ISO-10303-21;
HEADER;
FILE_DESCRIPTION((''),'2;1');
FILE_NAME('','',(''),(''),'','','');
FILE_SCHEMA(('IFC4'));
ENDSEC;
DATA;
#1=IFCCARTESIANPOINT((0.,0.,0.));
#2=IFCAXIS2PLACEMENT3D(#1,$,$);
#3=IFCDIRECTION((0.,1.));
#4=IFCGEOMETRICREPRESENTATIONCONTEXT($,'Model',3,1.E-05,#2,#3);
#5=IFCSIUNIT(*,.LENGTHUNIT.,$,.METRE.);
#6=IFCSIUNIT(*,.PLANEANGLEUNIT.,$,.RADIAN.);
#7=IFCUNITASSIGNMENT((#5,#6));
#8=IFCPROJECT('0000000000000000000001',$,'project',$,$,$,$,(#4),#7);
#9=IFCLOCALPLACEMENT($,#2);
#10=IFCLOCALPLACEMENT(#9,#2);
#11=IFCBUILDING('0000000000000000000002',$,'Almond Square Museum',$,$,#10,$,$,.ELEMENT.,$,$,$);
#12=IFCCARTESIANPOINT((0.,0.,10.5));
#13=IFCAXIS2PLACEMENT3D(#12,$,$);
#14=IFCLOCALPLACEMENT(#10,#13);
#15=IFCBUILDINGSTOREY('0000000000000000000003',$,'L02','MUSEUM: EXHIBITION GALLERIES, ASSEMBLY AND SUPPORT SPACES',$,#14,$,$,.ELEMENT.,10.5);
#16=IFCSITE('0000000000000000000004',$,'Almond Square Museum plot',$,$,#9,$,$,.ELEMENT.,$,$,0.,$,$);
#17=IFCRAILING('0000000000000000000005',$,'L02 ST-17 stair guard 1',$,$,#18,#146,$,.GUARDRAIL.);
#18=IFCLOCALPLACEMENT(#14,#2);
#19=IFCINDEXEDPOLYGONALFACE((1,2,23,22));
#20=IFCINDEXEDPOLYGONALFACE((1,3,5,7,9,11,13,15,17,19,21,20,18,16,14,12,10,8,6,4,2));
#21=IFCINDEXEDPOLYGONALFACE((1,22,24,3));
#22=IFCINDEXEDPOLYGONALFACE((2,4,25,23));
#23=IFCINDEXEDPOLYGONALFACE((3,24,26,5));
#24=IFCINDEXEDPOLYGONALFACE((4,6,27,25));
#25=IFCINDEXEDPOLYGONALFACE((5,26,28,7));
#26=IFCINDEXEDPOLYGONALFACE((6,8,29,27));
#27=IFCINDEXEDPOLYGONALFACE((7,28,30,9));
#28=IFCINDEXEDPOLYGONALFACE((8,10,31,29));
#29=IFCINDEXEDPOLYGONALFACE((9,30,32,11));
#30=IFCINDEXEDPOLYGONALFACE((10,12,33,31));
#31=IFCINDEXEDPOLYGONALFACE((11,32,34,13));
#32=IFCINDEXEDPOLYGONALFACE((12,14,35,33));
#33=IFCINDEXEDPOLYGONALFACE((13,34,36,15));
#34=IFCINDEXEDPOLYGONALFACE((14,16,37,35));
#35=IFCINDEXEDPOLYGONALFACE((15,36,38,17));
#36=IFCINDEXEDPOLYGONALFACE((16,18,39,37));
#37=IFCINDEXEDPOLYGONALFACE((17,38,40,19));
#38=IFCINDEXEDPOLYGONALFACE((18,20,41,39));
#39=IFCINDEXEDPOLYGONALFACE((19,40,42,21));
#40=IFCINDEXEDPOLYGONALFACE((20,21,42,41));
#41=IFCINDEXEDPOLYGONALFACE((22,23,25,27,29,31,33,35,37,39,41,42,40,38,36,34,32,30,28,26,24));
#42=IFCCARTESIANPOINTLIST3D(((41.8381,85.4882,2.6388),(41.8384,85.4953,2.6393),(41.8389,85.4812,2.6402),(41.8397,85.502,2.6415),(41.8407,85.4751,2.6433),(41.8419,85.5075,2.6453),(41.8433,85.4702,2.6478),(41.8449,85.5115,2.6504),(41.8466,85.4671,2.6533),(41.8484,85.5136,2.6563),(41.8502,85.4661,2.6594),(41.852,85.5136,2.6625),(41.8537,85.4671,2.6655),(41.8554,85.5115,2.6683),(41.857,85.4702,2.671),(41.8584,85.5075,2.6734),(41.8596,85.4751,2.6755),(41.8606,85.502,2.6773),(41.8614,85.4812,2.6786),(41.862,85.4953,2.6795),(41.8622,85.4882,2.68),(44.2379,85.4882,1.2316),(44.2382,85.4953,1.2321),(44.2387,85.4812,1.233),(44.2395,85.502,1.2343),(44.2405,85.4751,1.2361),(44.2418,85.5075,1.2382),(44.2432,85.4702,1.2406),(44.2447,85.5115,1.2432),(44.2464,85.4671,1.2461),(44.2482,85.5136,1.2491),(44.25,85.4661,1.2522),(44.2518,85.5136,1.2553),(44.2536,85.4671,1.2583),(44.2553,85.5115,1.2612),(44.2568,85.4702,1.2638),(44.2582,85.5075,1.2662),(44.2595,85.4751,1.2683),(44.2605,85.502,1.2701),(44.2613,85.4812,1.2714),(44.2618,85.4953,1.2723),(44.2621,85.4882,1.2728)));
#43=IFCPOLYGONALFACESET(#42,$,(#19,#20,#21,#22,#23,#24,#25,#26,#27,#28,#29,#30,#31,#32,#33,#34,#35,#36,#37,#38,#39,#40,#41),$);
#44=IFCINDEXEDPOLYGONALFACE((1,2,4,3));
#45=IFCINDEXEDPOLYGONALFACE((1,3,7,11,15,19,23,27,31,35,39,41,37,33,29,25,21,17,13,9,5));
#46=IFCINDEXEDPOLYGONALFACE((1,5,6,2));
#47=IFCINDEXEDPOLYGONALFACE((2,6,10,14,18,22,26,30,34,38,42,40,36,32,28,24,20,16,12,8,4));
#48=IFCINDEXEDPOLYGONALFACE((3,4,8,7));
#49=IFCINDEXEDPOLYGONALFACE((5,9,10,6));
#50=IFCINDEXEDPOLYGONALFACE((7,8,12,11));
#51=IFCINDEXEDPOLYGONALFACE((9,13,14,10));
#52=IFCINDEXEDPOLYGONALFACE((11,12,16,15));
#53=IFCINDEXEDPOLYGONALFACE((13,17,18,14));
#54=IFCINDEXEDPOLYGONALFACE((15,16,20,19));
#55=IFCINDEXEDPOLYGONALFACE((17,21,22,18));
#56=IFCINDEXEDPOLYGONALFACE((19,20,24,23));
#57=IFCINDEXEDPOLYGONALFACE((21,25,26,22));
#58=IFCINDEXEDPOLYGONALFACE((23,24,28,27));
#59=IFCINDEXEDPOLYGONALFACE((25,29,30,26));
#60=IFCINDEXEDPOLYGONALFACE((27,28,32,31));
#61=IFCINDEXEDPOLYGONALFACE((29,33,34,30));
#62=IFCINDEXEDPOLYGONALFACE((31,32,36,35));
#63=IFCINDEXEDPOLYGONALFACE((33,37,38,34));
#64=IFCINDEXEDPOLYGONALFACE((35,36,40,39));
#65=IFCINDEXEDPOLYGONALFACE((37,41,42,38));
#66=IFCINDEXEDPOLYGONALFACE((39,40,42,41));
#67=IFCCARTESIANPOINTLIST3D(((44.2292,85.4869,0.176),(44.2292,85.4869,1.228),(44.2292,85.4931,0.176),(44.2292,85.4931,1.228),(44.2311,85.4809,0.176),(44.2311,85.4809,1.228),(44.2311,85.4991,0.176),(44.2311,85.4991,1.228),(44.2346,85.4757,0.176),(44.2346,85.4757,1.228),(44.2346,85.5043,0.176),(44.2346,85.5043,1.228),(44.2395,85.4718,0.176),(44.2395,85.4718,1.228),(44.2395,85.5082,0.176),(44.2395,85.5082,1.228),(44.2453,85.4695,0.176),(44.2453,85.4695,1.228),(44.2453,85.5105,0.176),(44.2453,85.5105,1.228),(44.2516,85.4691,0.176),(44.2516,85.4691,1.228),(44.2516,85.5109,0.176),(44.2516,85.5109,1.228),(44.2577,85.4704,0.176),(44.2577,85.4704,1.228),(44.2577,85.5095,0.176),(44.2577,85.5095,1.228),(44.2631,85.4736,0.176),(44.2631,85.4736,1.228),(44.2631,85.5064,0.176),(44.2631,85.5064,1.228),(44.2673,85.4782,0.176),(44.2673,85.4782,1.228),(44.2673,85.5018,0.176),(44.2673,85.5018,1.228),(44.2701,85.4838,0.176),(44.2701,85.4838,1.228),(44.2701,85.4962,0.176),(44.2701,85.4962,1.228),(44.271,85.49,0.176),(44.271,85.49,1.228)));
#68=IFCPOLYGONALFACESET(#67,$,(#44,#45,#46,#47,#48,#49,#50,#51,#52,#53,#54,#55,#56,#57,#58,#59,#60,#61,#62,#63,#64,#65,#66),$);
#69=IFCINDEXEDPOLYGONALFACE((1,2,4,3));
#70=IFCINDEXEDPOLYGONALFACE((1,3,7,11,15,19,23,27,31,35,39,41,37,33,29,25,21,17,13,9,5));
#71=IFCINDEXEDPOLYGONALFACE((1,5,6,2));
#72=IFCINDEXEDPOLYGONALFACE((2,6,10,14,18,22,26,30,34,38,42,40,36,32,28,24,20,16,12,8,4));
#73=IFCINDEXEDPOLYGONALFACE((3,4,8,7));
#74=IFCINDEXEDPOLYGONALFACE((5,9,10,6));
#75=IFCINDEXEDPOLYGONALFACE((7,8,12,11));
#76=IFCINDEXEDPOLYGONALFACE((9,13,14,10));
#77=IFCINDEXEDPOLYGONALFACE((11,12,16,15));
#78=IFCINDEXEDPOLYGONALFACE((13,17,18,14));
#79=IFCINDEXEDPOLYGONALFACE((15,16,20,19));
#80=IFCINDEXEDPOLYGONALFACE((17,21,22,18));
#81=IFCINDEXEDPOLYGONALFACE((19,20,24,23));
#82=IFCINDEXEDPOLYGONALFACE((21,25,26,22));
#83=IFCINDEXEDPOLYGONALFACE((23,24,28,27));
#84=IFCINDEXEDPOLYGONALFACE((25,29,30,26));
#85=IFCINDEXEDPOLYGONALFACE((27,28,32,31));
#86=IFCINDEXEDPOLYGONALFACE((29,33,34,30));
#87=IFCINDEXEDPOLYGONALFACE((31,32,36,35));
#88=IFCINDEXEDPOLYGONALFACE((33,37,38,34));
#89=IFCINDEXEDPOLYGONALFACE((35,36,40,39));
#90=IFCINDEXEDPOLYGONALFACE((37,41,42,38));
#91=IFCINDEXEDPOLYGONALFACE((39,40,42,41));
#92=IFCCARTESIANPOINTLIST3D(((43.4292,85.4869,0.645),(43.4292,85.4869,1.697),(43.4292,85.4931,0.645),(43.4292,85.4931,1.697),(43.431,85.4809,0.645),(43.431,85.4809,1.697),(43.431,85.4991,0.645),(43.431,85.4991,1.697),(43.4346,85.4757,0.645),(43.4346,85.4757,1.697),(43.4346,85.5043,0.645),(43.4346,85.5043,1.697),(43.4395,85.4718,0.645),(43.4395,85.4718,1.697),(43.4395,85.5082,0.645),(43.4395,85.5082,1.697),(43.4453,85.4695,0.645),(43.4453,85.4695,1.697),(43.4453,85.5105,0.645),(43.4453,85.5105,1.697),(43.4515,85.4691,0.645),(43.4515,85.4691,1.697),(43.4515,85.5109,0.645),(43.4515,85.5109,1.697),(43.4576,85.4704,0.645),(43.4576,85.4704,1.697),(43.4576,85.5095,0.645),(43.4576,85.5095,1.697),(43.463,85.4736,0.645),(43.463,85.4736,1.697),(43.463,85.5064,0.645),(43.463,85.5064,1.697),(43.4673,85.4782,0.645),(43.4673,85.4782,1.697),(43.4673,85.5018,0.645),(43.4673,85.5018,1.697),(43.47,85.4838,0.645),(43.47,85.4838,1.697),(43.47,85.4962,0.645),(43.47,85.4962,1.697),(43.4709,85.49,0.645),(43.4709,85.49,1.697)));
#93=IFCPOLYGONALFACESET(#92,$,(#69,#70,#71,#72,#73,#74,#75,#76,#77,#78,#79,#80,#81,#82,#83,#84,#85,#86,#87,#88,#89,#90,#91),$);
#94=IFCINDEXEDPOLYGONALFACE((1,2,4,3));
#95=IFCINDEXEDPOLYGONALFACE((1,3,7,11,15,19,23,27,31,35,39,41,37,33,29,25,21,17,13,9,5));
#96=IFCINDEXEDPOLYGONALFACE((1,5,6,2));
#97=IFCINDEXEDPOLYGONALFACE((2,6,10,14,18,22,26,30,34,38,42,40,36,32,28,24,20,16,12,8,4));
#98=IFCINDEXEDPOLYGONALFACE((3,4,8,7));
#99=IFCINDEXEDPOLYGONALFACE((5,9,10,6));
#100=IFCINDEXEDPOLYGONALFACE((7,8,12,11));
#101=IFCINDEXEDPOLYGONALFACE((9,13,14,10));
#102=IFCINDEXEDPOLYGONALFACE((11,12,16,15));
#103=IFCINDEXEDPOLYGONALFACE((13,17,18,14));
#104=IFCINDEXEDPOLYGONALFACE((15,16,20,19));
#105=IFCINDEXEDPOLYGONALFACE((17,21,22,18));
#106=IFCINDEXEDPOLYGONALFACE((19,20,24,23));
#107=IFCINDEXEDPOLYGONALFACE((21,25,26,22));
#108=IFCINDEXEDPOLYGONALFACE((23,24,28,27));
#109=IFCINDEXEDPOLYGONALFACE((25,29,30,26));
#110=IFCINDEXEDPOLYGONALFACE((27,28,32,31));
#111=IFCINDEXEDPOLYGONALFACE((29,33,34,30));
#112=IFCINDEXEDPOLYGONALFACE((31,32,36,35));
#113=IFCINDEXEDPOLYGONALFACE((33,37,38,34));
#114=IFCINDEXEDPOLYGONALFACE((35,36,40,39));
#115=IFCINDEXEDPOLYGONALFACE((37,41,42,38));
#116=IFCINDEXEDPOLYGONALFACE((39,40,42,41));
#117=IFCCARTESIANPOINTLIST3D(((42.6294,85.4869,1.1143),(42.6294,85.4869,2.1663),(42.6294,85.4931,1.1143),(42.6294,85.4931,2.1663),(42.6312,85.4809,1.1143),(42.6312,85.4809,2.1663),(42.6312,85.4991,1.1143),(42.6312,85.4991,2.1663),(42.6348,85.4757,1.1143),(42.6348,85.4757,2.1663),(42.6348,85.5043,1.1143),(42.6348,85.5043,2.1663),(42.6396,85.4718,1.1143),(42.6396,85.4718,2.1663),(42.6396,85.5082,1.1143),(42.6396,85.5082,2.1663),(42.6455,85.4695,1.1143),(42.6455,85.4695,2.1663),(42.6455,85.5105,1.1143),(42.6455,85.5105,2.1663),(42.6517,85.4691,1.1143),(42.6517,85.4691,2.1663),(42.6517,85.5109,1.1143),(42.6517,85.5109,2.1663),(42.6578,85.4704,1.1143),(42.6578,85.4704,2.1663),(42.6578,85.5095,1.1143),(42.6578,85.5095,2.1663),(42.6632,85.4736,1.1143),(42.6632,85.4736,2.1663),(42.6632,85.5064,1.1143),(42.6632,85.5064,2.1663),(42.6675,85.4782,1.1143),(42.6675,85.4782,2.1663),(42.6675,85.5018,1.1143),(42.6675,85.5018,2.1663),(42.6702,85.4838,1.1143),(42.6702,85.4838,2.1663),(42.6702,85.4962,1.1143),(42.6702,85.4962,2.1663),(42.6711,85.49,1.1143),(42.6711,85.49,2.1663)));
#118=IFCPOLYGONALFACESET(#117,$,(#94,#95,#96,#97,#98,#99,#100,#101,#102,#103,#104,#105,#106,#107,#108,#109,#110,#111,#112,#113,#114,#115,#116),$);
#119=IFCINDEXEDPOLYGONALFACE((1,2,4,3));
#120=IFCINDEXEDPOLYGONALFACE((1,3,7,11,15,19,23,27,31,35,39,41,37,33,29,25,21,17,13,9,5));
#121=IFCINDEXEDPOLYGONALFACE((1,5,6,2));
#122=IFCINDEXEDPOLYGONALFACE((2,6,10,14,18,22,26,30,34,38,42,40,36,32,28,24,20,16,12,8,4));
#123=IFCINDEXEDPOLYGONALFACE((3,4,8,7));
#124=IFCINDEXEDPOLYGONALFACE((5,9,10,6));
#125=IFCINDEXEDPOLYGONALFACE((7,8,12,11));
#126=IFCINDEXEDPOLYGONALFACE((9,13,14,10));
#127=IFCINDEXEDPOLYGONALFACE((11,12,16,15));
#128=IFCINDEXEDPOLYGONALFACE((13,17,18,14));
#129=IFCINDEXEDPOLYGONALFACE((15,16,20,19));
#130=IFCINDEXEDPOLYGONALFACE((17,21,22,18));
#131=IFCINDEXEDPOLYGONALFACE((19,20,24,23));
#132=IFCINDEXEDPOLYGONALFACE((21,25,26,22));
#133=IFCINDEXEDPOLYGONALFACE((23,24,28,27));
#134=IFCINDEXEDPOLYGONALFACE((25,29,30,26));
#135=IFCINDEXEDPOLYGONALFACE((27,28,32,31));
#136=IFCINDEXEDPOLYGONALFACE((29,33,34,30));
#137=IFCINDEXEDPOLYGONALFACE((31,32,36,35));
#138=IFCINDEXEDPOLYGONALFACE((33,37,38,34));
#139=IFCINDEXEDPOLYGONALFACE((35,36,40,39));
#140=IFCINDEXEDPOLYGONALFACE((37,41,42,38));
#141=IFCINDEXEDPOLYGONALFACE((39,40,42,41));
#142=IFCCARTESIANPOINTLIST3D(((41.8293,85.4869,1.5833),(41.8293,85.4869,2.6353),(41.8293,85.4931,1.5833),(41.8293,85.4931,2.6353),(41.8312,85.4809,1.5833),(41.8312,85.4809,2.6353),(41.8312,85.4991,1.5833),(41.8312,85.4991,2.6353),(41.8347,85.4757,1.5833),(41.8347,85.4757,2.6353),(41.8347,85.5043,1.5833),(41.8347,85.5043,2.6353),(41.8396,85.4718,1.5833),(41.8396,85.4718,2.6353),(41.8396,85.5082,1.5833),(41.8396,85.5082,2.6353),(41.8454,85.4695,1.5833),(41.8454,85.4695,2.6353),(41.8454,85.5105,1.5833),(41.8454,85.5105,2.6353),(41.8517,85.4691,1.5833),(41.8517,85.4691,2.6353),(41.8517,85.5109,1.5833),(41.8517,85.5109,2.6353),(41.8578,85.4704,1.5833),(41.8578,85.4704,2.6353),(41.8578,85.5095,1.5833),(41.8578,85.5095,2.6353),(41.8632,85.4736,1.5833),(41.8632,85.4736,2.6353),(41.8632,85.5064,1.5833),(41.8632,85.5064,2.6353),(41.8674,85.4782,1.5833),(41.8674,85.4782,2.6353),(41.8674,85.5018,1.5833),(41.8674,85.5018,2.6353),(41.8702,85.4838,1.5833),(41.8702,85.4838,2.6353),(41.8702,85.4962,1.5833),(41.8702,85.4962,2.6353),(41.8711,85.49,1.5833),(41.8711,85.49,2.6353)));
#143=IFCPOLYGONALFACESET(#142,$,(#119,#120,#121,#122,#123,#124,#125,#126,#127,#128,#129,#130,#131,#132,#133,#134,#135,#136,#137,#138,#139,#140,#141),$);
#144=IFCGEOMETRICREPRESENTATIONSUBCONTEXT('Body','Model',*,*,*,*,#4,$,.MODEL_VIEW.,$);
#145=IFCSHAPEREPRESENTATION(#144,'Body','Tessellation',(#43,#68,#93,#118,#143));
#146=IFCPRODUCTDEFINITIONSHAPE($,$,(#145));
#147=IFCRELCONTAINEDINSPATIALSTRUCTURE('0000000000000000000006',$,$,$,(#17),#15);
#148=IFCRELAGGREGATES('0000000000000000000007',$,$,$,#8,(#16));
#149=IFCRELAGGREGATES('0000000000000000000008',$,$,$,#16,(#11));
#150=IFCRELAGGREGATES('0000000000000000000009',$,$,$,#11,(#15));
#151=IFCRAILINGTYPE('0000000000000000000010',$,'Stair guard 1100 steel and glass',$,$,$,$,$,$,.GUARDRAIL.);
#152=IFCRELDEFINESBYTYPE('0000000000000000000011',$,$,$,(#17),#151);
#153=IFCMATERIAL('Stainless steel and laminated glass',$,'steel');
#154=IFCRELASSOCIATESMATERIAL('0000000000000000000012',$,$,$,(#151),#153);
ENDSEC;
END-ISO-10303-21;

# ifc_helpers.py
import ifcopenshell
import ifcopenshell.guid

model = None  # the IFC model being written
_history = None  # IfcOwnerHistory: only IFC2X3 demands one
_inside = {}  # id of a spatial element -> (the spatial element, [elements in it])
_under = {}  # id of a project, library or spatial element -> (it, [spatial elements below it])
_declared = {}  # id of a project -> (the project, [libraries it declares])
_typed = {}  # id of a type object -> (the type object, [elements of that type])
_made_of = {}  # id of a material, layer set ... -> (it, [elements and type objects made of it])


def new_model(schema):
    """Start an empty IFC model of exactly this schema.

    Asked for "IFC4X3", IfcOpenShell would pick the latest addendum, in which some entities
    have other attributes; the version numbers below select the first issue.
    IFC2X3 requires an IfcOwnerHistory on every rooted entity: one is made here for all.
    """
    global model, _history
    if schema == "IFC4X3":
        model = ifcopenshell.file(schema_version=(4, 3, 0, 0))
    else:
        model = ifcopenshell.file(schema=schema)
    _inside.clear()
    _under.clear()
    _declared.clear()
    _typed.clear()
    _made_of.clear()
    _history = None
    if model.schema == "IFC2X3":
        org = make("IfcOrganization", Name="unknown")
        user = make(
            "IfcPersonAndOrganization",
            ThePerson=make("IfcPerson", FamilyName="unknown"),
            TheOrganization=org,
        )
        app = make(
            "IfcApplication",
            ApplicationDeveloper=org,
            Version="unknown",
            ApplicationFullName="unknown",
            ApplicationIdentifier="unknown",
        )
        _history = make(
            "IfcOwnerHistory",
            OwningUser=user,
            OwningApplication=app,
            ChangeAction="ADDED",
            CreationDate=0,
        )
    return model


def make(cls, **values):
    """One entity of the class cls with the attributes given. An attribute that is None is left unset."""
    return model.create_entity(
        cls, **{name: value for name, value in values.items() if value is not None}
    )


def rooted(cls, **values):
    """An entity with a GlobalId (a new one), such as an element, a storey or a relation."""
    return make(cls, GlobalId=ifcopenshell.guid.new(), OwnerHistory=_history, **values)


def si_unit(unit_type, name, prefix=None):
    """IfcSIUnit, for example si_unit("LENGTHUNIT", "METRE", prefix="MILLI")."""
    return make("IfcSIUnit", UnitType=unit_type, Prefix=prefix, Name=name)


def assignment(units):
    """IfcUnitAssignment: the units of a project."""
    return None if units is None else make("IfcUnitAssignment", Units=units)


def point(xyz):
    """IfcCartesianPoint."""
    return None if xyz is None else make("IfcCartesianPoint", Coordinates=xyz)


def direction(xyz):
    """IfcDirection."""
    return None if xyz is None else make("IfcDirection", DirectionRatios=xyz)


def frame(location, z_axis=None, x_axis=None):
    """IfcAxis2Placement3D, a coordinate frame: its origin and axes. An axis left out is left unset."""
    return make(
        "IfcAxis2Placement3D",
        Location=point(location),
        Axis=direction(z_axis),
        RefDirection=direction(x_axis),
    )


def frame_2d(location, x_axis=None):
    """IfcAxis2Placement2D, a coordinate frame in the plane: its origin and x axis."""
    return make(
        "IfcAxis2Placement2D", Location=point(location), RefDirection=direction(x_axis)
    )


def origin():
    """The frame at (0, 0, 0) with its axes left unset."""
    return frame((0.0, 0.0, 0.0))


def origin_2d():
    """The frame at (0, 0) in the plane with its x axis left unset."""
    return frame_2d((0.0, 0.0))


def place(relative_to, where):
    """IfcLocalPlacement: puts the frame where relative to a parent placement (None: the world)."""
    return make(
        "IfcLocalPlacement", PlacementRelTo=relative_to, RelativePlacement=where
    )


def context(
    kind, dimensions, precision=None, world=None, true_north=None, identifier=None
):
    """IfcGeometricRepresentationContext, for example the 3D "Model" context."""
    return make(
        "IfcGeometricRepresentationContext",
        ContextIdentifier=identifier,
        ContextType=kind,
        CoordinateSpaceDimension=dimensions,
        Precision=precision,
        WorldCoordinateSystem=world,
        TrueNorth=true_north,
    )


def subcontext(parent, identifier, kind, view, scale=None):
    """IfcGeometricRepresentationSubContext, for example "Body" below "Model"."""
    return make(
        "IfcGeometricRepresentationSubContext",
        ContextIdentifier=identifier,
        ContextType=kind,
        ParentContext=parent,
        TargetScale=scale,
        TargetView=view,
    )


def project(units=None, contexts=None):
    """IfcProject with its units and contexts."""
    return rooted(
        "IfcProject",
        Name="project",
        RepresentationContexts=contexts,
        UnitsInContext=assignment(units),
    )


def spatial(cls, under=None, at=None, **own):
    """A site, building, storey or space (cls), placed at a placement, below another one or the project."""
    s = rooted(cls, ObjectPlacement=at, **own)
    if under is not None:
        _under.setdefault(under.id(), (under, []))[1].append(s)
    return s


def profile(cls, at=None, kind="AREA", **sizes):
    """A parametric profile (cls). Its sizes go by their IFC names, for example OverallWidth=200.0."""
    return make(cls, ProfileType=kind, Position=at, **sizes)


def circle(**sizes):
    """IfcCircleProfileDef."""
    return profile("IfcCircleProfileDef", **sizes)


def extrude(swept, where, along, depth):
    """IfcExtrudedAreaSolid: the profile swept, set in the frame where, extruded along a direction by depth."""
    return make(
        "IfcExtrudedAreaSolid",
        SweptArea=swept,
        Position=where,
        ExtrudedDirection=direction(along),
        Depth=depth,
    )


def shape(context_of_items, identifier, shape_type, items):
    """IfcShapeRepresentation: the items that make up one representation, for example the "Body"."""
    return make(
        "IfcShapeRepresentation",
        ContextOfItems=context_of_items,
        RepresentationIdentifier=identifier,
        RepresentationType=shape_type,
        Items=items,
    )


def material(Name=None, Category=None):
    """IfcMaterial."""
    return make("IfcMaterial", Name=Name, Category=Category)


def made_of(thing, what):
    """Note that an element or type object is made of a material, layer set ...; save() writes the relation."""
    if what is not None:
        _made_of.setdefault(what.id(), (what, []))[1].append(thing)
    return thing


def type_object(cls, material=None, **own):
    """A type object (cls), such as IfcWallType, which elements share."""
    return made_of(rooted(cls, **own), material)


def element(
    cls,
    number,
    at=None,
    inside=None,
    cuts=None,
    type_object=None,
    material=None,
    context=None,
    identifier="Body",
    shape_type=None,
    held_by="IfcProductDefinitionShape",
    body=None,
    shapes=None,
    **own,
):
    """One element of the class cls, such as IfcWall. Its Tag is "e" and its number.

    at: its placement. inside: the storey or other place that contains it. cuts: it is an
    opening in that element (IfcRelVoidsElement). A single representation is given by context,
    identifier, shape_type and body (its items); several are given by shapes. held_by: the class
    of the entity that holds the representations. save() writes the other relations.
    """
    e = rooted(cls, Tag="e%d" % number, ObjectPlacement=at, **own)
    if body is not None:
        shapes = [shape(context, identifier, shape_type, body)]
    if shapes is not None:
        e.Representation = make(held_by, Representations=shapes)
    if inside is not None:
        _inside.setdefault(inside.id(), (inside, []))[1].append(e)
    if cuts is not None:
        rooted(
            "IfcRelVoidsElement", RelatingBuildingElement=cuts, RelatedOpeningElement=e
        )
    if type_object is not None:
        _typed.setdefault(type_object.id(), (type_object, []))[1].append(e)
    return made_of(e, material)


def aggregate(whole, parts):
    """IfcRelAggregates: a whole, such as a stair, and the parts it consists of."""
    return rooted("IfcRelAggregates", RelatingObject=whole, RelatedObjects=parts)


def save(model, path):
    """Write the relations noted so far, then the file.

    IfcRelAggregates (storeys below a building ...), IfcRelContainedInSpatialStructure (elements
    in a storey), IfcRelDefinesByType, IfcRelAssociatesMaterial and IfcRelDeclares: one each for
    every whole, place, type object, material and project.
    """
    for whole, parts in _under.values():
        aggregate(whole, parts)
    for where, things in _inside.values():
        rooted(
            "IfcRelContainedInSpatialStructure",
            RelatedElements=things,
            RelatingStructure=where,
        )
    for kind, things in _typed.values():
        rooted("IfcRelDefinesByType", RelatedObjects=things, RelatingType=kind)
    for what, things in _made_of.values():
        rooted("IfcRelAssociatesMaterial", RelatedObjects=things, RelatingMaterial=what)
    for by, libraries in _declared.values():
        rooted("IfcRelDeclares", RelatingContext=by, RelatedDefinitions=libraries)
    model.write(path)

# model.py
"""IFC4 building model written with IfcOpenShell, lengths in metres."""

from ifc_helpers import new_model, si_unit, direction, frame, origin, origin_2d, place, context, subcontext, project, spatial, circle, extrude, material, type_object, element, save


model = new_model("IFC4")

# Units and contexts
model_context = context("Model", 3, precision=1e-05, world=origin(), true_north=direction((0.0, 1.0)))
body_context = subcontext(model_context, "Body", "Model", "MODEL_VIEW")
ifc_project = project(units=[si_unit("LENGTHUNIT", "METRE"), si_unit("PLANEANGLEUNIT", "RADIAN")], contexts=[model_context])

# Site, building, storey
site_placement = place(None, origin())
site = spatial("IfcSite", under=ifc_project, at=site_placement, Name="Almond Square Museum plot", CompositionType="ELEMENT", RefElevation=0.0)
building_placement = place(site_placement, origin())
building = spatial("IfcBuilding", under=site, at=building_placement, Name="Almond Square Museum", CompositionType="ELEMENT")
storey_placement = place(building_placement, frame((0.0, 0.0, 10.5)))
storey = spatial("IfcBuildingStorey", under=building, at=storey_placement, Name="L02", Description="MUSEUM: EXHIBITION GALLERIES, ASSEMBLY AND SUPPORT SPACES", CompositionType="ELEMENT", Elevation=10.5)

# Railing
ifc_material_1 = material(Name="Stainless steel and laminated glass", Category="steel")
railing_type_1 = type_object("IfcRailingType", Name="Stair guard 1100 steel and glass", PredefinedType="GUARDRAIL", material=ifc_material_1)
railing_1_placement = place(storey_placement, frame((44.25, 85.49, 0.176)))
element("IfcRailing", 1, at=railing_1_placement, inside=storey, type_object=railing_type_1, Name="L02 ST-17 stair guard 1", PredefinedType="GUARDRAIL", context=body_context, shape_type="SweptSolid", body=[
    extrude(circle(Radius=0.0239, at=origin_2d()), frame((0.0, 0.0, 1.0762), z_axis=(-0.862637, 0.0, 0.505823), x_axis=(0.0, -1.0, 0.0)), (0.0, 0.0, 1.0), 2.782),
    extrude(circle(Radius=0.021, at=origin_2d()), origin(), (0.0, 0.0, 1.0), 1.052),
    extrude(circle(Radius=0.021, at=origin_2d()), frame((-0.8, 0.0, 0.469)), (0.0, 0.0, 1.0), 1.052),
    extrude(circle(Radius=0.021, at=origin_2d()), frame((-1.5999, 0.0, 0.9382)), (0.0, 0.0, 1.0), 1.052),
    extrude(circle(Radius=0.021, at=origin_2d()), frame((-2.3999, 0.0, 1.4072)), (0.0, 0.0, 1.0), 1.052),
])

save(model, "model.ifc")
